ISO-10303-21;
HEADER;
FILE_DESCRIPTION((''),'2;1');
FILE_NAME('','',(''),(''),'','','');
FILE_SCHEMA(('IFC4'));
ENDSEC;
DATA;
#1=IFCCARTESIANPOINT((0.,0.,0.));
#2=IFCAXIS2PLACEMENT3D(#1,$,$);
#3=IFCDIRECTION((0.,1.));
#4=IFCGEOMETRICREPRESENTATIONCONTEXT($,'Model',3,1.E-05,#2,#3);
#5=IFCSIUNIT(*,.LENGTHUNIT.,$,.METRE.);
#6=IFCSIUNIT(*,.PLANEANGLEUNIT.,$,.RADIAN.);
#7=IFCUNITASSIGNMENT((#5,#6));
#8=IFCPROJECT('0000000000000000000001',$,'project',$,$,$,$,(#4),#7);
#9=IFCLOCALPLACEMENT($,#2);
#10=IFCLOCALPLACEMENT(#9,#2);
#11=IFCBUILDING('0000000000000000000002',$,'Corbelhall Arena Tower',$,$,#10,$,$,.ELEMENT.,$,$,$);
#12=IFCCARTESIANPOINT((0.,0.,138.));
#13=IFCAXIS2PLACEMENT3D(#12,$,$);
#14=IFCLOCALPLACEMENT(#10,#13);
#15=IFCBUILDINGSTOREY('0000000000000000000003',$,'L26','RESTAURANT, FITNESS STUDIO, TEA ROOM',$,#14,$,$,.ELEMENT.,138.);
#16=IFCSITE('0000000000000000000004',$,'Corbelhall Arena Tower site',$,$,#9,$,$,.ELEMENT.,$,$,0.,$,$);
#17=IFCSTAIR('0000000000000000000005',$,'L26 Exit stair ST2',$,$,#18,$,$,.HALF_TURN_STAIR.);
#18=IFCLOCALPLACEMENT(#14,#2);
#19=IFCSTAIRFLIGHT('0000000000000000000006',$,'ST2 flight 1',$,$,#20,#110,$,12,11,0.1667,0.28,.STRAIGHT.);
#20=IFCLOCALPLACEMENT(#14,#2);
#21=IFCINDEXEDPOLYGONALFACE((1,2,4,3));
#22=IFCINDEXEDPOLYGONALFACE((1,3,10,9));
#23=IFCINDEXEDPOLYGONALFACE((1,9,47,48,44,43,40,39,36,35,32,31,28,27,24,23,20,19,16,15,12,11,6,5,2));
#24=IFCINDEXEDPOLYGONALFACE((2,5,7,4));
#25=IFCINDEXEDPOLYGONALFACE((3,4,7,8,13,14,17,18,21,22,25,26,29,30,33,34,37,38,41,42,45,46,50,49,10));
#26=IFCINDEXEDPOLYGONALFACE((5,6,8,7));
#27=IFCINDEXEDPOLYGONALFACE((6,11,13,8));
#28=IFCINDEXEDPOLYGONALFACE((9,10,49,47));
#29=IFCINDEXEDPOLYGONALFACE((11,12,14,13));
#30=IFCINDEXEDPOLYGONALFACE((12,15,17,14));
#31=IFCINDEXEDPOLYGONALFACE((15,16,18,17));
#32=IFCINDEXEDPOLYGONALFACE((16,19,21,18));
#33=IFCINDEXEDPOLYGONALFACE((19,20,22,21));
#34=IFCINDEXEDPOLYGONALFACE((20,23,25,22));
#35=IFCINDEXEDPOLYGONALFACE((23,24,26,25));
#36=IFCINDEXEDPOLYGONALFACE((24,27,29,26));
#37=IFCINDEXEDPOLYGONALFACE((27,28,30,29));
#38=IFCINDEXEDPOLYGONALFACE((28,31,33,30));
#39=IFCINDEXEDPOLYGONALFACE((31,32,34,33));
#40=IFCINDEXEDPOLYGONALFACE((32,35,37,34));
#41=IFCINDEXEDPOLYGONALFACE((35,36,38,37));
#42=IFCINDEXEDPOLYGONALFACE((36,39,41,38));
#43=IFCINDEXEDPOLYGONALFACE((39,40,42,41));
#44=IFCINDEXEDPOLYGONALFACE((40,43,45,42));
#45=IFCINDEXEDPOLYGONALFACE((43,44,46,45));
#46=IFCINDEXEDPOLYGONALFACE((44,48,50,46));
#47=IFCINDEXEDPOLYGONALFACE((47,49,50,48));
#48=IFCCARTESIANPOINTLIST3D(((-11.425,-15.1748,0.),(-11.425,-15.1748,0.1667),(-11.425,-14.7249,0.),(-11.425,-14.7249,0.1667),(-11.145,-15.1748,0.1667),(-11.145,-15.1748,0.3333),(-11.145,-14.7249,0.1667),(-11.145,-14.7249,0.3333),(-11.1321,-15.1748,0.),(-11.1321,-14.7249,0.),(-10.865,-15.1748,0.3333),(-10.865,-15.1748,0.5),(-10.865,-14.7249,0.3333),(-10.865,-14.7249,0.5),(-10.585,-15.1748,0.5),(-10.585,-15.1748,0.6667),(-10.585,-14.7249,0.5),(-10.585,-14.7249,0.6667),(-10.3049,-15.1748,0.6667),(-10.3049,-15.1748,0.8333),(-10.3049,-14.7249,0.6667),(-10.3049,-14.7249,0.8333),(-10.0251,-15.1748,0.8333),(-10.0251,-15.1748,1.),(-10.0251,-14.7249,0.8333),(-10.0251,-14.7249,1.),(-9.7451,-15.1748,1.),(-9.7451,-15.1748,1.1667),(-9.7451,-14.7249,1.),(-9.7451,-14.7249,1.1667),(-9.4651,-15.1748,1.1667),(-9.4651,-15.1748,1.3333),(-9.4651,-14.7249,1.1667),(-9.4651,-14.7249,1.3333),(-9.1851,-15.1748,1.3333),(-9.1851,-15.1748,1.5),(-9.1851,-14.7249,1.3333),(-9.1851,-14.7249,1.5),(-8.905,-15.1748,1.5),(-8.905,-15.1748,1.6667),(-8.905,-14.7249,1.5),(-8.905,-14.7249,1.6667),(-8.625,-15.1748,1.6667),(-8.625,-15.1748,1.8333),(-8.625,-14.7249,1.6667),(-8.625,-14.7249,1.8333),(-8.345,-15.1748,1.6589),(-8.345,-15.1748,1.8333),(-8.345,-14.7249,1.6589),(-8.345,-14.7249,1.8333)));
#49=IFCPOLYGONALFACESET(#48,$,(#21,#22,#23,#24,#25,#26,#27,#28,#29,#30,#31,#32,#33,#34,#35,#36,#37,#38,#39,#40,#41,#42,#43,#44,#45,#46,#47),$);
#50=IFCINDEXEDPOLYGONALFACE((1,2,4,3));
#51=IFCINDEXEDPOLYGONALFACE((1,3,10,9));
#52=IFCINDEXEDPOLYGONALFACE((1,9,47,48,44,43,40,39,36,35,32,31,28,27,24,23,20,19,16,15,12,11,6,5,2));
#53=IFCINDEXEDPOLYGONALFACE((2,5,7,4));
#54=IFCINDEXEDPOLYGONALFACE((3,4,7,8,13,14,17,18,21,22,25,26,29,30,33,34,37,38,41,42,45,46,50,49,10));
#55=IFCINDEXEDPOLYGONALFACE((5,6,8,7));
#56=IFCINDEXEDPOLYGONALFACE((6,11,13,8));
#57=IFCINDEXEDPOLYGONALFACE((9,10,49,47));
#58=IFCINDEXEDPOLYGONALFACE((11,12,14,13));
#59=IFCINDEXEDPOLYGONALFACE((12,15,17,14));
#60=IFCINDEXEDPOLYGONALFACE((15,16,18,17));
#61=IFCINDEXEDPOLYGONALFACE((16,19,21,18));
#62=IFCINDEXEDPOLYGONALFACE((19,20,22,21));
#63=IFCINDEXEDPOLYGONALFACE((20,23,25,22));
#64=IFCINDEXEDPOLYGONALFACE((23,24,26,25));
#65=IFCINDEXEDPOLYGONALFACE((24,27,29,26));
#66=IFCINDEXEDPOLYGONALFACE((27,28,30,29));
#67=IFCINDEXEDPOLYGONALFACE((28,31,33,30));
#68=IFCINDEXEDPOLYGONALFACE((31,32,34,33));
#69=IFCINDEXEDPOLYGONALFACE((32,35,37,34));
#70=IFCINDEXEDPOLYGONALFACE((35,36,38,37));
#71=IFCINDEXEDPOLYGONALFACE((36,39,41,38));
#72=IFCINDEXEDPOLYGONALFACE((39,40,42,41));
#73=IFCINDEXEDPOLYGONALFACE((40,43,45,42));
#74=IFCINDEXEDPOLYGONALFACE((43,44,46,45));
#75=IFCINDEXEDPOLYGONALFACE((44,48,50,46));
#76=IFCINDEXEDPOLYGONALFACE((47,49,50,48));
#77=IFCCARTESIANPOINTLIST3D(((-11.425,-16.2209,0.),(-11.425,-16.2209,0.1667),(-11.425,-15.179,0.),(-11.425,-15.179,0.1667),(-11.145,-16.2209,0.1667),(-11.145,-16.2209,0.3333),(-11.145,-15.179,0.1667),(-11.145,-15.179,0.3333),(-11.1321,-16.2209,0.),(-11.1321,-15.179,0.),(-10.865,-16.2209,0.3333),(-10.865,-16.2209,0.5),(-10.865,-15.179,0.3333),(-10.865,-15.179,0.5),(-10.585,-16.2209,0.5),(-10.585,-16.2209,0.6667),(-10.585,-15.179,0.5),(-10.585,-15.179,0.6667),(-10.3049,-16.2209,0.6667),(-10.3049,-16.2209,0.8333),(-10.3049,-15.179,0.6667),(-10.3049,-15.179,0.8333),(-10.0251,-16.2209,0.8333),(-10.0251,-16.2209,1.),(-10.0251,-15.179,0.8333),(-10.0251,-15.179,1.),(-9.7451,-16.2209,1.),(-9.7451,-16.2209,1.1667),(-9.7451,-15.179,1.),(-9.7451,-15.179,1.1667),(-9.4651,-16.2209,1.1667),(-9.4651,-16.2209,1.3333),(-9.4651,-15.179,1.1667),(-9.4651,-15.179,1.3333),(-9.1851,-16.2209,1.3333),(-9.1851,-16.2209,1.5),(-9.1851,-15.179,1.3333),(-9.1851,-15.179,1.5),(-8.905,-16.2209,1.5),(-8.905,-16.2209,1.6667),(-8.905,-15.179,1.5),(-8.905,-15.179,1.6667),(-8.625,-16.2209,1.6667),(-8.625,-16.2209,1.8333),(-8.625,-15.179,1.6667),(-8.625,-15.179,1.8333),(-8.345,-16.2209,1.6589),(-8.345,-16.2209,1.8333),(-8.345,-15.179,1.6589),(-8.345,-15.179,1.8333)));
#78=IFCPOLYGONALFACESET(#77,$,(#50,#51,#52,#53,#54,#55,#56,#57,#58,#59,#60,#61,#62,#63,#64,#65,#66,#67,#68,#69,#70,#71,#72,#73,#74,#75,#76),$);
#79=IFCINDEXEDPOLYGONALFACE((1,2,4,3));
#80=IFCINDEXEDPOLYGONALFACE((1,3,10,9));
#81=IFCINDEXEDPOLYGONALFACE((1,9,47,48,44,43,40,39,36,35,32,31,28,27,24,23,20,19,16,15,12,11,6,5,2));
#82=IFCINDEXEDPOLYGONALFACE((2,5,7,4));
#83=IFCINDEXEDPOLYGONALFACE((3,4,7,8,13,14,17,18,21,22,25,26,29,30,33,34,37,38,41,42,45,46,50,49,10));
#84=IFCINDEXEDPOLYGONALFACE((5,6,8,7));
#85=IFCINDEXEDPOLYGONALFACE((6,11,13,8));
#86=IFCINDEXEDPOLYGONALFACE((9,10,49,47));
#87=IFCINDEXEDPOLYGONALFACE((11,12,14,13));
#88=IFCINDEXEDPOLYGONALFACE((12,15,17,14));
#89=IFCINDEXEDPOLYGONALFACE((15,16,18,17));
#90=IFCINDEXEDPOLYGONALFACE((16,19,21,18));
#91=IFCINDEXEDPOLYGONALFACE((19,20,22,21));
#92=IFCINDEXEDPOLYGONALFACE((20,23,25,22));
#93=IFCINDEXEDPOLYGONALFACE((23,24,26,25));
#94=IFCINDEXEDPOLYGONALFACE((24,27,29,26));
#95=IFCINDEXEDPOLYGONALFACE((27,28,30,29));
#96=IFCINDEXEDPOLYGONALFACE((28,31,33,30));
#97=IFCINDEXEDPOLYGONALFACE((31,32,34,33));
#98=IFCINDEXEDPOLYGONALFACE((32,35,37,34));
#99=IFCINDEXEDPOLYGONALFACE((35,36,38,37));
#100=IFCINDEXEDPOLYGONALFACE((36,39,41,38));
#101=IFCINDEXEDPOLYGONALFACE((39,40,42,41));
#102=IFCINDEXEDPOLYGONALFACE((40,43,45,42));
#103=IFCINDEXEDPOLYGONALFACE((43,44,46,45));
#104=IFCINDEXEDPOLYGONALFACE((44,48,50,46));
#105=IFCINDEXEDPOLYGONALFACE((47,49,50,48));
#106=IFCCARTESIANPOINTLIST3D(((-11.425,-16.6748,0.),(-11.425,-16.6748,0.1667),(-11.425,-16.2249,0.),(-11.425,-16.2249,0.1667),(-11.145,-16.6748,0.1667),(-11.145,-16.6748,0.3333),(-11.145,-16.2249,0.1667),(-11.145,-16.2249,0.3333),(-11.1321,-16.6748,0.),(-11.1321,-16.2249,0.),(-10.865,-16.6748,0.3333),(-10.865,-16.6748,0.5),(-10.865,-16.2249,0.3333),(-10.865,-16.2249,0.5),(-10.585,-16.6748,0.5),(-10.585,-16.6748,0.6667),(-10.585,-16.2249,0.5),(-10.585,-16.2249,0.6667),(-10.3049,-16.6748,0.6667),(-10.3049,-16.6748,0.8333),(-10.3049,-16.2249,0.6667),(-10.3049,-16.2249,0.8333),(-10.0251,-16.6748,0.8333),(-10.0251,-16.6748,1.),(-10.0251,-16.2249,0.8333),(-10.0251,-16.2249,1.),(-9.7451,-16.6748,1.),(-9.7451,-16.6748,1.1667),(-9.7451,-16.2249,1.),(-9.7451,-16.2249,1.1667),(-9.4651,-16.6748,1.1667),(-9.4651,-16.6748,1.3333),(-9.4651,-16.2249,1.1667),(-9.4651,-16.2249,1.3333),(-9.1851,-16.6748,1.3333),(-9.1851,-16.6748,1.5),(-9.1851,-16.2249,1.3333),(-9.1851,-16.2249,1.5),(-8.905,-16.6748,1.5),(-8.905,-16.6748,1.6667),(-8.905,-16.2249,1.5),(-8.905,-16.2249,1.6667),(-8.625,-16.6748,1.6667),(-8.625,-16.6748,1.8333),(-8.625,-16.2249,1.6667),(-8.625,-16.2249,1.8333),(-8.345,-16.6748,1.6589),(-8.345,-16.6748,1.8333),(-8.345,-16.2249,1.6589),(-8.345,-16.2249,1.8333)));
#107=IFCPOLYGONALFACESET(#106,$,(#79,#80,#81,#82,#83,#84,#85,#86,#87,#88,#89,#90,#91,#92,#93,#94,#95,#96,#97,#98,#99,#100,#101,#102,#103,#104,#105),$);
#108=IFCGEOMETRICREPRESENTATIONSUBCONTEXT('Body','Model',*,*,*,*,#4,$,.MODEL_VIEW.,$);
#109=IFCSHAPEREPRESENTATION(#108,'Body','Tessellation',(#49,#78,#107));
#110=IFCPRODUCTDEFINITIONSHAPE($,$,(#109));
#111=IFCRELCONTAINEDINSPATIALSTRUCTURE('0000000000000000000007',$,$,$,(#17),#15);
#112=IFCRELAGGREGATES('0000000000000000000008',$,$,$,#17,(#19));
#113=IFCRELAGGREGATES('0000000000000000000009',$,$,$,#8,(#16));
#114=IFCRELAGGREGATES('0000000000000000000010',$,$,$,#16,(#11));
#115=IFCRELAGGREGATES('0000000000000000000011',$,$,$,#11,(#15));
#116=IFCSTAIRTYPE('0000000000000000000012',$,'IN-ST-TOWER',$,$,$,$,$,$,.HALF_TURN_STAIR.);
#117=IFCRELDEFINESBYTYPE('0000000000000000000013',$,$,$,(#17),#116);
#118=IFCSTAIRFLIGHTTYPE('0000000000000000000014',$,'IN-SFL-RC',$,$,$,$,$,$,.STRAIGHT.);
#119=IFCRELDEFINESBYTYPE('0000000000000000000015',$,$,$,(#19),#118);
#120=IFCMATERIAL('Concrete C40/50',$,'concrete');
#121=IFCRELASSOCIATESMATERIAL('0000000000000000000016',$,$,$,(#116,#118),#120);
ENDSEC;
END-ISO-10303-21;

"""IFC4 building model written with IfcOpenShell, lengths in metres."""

from ifc_helpers import new_model, si_unit, direction, frame, origin, place, context, subcontext, project, spatial, polyline, outline, extrude, material, type_object, element, aggregate, save


model = new_model("IFC4")

# Units and contexts
model_context = context("Model", 3, precision=1e-05, world=origin(), true_north=direction((0.0, 1.0)))
body_context = subcontext(model_context, "Body", "Model", "MODEL_VIEW")
ifc_project = project(units=[si_unit("LENGTHUNIT", "METRE"), si_unit("PLANEANGLEUNIT", "RADIAN")], contexts=[model_context])

# Site, building, storey
site_placement = place(None, origin())
site = spatial("IfcSite", under=ifc_project, at=site_placement, Name="Corbelhall Arena Tower site", CompositionType="ELEMENT", RefElevation=0.0)
building_placement = place(site_placement, origin())
building = spatial("IfcBuilding", under=site, at=building_placement, Name="Corbelhall Arena Tower", CompositionType="ELEMENT")
storey_placement = place(building_placement, frame((0.0, 0.0, 138.0)))
storey = spatial("IfcBuildingStorey", under=building, at=storey_placement, Name="L26", Description="RESTAURANT, FITNESS STUDIO, TEA ROOM", CompositionType="ELEMENT", Elevation=138.0)

# Stair, stair flight
ifc_material_1 = material(Name="Concrete C40/50", Category="concrete")
stair_type = type_object("IfcStairType", Name="IN-ST-TOWER", PredefinedType="HALF_TURN_STAIR", material=ifc_material_1)
stair_placement = place(storey_placement, origin())
stair = element("IfcStair", 1, at=stair_placement, inside=storey, type_object=stair_type, Name="L26 Exit stair ST2", PredefinedType="HALF_TURN_STAIR")
stair_flight_type = type_object("IfcStairFlightType", Name="IN-SFL-RC", PredefinedType="STRAIGHT", material=ifc_material_1)
stair_flight_placement = place(storey_placement, frame((-11.425, -15.7, 0.0), z_axis=(0.0, 0.0, 1.0), x_axis=(1.0, 0.0, 0.0)))
stair_flight = element("IfcStairFlight", 2, at=stair_flight_placement, type_object=stair_flight_type, Name="ST2 flight 1", NumberOfRisers=12, NumberOfTreads=11, PredefinedType="STRAIGHT", RiserHeight=0.1667, TreadLength=0.28, context=body_context, shape_type="SweptSolid", body=[
    extrude(outline(polyline([(0.0, 0.0), (0.0, 0.1667), (0.28, 0.1667), (0.28, 0.3333), (0.5601, 0.3333), (0.5601, 0.5), (0.8401, 0.5), (0.8401, 0.6667), (1.1201, 0.6667), (1.1201, 0.8333), (1.3999, 0.8333), (1.3999, 1.0), (1.6799, 1.0), (1.6799, 1.1667), (1.96, 1.1667), (1.96, 1.3333), (2.24, 1.3333), (2.24, 1.5), (2.52, 1.5), (2.52, 1.6667), (2.8, 1.6667), (2.8, 1.8333), (3.0801, 1.8333), (3.0801, 2.0), (3.0801, 1.6589), (0.293, 0.0), (0.0, 0.0)])), frame((0.0, 0.9751, 0.0), z_axis=(0.0, -1.0, 0.0), x_axis=(1.0, 0.0, 0.0)), (0.0, 0.0, 1.0), 0.45),
    extrude(outline(polyline([(0.0, 0.0), (0.0, 0.1667), (0.28, 0.1667), (0.28, 0.3333), (0.5601, 0.3333), (0.5601, 0.5), (0.8401, 0.5), (0.8401, 0.6667), (1.1201, 0.6667), (1.1201, 0.8333), (1.3999, 0.8333), (1.3999, 1.0), (1.6799, 1.0), (1.6799, 1.1667), (1.96, 1.1667), (1.96, 1.3333), (2.24, 1.3333), (2.24, 1.5), (2.52, 1.5), (2.52, 1.6667), (2.8, 1.6667), (2.8, 1.8333), (3.0801, 1.8333), (3.0801, 2.0), (3.0801, 1.6589), (0.293, 0.0), (0.0, 0.0)])), frame((0.0, 0.521, 0.0), z_axis=(0.0, -1.0, 0.0), x_axis=(1.0, 0.0, 0.0)), (0.0, 0.0, 1.0), 1.042),
    extrude(outline(polyline([(0.0, 0.0), (0.0, 0.1667), (0.28, 0.1667), (0.28, 0.3333), (0.5601, 0.3333), (0.5601, 0.5), (0.8401, 0.5), (0.8401, 0.6667), (1.1201, 0.6667), (1.1201, 0.8333), (1.3999, 0.8333), (1.3999, 1.0), (1.6799, 1.0), (1.6799, 1.1667), (1.96, 1.1667), (1.96, 1.3333), (2.24, 1.3333), (2.24, 1.5), (2.52, 1.5), (2.52, 1.6667), (2.8, 1.6667), (2.8, 1.8333), (3.0801, 1.8333), (3.0801, 2.0), (3.0801, 1.6589), (0.293, 0.0), (0.0, 0.0)])), frame((0.0, -0.5249, 0.0), z_axis=(0.0, -1.0, 0.0), x_axis=(1.0, 0.0, 0.0)), (0.0, 0.0, 1.0), 0.45),
])
aggregate(stair, [stair_flight])

save(model, "model.ifc")
